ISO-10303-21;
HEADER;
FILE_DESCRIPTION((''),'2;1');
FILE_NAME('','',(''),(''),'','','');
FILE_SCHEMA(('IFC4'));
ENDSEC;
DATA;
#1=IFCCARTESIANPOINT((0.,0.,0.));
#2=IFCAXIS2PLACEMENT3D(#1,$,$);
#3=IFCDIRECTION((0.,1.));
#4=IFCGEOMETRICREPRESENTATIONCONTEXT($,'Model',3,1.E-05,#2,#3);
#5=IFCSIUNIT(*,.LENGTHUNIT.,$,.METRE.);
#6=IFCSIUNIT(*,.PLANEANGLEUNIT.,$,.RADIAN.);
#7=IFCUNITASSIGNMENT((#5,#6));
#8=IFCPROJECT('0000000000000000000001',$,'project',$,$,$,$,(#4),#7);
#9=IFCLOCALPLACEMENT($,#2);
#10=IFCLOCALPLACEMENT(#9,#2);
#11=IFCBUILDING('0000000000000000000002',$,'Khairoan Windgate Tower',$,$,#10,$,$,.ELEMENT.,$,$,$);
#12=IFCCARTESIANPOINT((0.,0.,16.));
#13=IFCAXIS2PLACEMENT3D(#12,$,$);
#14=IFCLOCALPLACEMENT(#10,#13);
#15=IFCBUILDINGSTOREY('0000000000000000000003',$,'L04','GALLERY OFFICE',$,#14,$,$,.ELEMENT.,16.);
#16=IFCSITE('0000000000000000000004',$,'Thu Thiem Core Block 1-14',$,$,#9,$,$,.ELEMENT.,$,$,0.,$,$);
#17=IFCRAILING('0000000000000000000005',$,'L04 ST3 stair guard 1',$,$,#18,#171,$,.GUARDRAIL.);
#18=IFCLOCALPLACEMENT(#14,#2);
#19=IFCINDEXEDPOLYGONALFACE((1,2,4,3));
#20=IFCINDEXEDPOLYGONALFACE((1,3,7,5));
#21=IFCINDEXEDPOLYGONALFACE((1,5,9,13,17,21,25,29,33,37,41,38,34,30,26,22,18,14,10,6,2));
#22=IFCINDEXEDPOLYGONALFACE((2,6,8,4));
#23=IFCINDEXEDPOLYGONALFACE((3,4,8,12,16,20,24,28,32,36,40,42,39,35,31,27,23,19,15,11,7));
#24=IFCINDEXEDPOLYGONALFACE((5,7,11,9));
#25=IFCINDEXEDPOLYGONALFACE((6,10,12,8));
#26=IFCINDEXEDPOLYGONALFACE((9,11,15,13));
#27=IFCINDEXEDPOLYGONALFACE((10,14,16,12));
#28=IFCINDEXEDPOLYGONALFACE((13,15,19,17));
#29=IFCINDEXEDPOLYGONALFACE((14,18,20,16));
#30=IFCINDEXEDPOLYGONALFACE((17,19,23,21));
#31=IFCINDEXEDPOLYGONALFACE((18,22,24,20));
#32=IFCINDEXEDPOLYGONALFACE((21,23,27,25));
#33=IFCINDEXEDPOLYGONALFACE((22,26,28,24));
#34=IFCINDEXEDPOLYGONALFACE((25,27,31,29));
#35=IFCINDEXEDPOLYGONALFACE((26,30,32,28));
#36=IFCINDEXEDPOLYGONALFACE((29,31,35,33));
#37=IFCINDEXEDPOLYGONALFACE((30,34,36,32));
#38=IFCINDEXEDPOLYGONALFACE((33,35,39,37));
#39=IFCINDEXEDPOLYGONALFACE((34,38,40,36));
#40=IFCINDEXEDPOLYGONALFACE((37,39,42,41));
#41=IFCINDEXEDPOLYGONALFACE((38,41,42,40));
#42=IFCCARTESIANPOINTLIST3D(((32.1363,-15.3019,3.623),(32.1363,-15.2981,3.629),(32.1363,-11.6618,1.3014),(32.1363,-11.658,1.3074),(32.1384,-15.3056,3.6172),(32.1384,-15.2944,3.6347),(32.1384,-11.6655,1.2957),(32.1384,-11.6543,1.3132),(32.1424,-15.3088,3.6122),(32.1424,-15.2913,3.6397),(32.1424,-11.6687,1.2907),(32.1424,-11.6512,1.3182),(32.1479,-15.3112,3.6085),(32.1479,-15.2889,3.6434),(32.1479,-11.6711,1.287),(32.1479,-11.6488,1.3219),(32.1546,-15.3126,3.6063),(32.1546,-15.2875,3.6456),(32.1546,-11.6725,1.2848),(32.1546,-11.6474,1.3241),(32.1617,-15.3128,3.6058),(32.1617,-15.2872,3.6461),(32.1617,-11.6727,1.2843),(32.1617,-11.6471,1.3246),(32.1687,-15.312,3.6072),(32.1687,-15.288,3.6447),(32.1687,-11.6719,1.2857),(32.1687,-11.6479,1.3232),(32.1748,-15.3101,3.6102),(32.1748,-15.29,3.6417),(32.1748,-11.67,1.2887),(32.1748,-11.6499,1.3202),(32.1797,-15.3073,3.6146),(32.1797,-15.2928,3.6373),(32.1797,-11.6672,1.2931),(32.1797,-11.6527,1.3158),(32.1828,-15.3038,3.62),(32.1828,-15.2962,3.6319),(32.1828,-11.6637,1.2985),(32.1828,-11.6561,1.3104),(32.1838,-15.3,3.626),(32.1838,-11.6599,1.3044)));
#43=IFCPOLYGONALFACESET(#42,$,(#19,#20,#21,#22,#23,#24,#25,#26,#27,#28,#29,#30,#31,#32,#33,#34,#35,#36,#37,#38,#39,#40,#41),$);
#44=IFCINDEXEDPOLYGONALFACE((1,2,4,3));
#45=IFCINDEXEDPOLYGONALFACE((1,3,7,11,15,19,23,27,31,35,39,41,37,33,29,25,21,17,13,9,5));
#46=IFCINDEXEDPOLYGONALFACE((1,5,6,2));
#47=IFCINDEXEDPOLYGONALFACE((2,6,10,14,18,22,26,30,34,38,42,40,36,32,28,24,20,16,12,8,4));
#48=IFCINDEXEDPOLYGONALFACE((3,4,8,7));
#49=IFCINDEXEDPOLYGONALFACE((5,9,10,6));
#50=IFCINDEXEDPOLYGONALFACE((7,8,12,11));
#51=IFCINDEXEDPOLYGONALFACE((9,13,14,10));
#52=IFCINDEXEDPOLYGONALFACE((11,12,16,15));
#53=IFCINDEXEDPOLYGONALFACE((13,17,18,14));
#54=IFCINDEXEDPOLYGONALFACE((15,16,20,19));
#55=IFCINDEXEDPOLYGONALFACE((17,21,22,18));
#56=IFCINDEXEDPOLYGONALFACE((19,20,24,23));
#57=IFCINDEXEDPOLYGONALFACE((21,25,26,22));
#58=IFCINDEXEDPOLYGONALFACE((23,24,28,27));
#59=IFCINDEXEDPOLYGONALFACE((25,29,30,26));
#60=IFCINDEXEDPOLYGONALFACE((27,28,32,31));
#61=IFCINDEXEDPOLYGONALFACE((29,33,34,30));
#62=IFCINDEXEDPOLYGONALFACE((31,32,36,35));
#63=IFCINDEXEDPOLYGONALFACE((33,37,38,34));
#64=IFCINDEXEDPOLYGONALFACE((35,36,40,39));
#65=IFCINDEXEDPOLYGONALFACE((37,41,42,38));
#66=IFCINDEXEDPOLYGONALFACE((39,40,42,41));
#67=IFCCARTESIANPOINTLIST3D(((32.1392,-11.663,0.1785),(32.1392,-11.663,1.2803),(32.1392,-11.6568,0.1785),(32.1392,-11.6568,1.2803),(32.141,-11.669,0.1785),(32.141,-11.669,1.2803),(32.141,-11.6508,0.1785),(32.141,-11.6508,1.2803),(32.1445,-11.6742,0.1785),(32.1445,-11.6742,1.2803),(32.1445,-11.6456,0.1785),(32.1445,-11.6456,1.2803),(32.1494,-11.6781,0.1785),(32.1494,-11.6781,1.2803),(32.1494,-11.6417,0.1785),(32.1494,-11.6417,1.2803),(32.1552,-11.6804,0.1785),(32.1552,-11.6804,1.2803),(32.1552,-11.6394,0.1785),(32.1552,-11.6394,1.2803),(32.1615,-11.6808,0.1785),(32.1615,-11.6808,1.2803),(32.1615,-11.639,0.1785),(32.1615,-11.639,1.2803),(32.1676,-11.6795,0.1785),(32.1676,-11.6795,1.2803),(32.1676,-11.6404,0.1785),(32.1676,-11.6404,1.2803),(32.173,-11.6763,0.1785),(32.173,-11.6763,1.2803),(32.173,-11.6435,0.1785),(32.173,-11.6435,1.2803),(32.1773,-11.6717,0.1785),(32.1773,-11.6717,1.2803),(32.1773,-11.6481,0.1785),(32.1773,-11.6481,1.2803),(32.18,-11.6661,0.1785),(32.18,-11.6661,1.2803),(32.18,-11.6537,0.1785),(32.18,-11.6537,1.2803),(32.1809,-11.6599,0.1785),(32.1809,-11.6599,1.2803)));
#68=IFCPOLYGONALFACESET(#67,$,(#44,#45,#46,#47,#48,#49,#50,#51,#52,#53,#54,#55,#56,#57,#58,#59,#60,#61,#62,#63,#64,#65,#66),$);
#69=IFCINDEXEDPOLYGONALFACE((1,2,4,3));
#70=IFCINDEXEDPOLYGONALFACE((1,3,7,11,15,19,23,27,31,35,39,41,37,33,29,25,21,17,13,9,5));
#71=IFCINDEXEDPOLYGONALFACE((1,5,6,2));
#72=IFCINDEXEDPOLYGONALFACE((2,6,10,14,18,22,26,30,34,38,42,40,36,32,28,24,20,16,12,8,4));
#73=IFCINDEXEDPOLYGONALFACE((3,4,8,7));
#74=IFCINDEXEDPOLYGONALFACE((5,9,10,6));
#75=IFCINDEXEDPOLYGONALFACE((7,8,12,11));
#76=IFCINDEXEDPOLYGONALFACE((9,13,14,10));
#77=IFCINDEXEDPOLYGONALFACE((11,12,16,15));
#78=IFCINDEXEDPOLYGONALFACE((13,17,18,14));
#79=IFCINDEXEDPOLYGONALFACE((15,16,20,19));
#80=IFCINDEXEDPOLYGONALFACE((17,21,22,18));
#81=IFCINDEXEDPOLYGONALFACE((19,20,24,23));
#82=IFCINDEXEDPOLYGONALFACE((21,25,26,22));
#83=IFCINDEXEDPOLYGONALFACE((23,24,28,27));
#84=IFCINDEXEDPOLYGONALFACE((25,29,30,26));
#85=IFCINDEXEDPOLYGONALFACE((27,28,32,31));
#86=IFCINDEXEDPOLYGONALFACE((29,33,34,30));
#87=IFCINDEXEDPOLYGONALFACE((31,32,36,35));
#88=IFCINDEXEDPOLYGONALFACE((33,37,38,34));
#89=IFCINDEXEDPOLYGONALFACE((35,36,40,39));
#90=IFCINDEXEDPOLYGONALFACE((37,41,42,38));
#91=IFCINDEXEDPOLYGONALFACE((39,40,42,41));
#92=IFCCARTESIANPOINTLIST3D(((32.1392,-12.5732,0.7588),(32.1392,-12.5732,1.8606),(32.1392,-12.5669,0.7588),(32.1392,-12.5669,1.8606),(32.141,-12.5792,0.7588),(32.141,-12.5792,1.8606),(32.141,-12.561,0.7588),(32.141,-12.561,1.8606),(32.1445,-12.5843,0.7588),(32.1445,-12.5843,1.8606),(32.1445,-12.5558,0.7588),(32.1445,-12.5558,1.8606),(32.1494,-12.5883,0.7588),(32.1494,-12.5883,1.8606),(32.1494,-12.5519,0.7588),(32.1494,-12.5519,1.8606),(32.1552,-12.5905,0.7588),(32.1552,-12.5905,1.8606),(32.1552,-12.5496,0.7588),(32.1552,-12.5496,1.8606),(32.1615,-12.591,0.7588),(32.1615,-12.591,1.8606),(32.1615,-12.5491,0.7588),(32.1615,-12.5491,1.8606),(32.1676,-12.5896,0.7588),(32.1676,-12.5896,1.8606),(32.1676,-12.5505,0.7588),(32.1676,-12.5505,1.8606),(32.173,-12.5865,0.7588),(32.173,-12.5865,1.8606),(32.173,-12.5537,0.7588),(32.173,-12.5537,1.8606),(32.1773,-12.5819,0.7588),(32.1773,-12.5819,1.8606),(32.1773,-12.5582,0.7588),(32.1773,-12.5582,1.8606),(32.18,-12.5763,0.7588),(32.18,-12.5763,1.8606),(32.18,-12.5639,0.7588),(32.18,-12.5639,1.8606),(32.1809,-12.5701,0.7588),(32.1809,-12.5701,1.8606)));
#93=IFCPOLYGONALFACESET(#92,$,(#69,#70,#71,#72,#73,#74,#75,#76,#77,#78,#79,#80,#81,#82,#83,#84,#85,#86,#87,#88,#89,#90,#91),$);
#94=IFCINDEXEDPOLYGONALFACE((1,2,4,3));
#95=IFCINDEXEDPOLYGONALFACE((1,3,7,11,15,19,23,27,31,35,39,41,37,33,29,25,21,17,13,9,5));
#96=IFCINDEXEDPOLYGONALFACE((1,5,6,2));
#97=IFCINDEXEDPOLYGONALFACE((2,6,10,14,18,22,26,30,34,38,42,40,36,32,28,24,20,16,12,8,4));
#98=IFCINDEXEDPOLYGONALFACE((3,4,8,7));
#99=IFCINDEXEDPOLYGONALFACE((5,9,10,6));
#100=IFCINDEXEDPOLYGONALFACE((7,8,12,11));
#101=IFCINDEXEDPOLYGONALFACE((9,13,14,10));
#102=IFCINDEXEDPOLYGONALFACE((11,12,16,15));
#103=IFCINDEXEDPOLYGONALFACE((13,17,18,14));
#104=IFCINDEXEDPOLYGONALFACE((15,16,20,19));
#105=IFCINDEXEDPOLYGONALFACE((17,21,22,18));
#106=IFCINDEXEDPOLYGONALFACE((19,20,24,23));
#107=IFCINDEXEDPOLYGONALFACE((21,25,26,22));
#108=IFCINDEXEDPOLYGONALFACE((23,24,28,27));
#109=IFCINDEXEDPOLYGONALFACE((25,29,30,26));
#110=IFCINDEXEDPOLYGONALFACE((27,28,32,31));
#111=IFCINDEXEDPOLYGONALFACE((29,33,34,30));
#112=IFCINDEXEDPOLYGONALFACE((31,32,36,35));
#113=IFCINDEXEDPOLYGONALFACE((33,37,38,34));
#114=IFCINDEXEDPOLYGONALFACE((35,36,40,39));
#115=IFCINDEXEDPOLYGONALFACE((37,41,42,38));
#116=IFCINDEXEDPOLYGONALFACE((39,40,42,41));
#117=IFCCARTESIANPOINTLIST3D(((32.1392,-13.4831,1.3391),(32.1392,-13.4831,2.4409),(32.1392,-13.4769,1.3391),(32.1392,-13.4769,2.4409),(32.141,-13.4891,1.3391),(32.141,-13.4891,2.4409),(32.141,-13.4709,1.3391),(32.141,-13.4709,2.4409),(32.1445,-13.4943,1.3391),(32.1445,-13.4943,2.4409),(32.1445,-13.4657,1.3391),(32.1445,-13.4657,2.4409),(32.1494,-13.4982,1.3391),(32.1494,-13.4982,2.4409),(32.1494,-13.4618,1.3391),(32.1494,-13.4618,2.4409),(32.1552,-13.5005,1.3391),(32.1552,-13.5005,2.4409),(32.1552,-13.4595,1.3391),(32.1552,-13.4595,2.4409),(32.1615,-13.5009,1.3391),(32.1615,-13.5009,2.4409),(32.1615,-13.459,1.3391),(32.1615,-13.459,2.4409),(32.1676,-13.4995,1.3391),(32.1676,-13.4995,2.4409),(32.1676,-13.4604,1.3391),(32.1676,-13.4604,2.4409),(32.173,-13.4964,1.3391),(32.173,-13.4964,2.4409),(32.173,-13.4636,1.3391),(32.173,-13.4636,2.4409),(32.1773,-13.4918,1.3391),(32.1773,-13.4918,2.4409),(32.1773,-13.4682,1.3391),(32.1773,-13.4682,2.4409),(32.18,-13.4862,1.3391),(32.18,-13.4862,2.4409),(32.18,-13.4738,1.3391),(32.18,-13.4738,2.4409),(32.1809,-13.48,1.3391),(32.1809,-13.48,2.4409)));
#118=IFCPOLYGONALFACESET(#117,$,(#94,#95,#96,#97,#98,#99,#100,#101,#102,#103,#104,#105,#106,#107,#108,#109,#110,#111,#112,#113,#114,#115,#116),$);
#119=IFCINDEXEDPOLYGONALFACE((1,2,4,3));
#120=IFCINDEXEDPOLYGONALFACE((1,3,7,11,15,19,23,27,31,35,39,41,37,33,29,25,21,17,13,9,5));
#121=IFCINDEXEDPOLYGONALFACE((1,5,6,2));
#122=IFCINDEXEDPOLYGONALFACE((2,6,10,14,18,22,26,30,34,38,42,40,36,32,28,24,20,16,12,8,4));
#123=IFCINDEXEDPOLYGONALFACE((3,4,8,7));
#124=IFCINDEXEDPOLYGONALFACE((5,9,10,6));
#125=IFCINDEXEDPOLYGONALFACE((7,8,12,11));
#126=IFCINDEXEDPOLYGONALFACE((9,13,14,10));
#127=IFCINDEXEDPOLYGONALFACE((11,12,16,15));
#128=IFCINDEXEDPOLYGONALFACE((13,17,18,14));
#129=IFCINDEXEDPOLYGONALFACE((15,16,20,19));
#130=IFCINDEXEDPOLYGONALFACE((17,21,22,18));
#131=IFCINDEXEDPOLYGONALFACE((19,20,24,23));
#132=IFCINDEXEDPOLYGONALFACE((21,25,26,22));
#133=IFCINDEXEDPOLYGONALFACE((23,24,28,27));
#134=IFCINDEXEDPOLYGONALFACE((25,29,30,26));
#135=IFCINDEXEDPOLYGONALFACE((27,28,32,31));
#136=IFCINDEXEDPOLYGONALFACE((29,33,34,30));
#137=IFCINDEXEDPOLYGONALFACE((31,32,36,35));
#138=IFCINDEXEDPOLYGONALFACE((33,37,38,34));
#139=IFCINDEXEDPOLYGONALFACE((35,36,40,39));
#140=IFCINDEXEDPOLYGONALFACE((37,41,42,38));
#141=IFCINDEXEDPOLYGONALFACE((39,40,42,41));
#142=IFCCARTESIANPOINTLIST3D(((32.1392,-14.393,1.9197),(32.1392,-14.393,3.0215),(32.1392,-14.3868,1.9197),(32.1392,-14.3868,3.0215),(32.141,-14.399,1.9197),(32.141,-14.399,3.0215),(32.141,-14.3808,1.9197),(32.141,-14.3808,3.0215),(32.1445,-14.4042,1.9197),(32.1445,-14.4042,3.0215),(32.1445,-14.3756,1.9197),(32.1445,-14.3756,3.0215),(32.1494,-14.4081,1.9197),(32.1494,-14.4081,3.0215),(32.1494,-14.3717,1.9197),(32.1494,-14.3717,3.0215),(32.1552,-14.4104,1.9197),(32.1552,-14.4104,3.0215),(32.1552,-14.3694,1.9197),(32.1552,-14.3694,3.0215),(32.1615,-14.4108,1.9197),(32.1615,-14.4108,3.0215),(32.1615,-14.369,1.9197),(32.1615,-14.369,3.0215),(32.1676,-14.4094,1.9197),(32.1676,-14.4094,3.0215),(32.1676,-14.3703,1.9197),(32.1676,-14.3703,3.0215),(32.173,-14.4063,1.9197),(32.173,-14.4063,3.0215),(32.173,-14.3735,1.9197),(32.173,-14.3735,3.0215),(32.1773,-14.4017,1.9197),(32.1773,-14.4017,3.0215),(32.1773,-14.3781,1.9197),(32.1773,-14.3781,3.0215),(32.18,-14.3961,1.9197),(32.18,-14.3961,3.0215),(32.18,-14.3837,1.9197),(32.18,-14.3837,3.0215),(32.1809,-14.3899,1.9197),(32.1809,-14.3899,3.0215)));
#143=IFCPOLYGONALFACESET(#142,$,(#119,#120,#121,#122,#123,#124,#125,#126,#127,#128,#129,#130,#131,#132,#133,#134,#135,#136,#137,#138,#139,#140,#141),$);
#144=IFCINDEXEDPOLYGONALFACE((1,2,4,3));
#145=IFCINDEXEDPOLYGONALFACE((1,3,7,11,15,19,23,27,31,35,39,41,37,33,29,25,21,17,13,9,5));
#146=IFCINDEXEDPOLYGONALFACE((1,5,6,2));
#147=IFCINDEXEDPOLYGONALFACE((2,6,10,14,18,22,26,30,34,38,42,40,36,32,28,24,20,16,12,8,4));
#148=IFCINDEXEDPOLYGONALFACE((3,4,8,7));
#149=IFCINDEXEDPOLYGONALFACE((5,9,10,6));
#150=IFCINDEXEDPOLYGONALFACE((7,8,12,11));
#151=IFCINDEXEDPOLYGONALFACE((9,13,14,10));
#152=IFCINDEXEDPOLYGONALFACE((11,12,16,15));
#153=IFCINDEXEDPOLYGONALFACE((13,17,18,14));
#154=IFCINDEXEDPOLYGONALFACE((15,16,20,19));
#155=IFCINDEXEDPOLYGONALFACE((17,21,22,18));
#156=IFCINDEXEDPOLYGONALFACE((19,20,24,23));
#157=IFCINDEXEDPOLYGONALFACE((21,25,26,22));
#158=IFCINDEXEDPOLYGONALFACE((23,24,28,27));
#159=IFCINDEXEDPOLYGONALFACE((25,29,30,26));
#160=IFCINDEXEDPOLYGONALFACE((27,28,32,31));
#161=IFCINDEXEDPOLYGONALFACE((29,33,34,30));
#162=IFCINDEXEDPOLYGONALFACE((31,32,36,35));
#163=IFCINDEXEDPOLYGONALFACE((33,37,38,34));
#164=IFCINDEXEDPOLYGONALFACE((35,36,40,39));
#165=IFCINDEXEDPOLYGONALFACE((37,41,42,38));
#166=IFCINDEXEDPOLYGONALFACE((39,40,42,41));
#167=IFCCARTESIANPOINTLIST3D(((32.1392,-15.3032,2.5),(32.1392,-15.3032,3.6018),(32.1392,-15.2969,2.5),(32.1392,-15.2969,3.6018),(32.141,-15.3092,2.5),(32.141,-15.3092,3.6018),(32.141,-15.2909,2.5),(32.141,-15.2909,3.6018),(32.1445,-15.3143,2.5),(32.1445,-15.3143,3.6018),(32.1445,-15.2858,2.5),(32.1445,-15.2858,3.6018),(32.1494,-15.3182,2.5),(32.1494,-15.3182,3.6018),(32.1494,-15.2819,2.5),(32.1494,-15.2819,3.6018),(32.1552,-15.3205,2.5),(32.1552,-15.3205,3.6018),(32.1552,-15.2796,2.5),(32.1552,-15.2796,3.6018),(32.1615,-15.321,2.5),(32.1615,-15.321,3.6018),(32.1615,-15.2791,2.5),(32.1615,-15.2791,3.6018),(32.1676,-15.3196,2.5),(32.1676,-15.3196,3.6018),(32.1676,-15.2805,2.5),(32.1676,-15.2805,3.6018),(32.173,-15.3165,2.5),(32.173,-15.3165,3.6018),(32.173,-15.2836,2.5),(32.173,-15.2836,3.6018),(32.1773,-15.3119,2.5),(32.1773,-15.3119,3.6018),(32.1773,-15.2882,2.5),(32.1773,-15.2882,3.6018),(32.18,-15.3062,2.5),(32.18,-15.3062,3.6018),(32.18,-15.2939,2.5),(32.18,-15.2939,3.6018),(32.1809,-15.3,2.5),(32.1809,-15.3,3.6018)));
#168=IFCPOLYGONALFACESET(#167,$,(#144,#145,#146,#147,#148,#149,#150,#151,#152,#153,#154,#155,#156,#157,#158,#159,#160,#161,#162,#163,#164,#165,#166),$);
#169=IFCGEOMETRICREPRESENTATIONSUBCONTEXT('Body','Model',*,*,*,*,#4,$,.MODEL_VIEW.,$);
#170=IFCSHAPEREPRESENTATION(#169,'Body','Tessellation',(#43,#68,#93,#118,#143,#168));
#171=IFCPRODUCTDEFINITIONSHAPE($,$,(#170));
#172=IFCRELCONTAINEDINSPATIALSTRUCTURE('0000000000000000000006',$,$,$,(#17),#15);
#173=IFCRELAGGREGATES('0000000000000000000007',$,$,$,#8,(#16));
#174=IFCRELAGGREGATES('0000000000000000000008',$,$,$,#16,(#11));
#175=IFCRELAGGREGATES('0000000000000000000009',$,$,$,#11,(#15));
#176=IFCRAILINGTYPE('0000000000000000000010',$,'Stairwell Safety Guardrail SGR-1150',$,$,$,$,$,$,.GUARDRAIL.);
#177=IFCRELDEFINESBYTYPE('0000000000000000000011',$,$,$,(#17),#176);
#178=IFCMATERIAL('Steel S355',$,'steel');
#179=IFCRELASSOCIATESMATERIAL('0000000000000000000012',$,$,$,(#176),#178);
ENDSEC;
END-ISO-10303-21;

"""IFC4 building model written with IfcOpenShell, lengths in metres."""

from ifc_helpers import new_model, si_unit, direction, frame, origin, origin_2d, place, context, subcontext, project, spatial, circle, extrude, material, type_object, element, save


model = new_model("IFC4")

# Units and contexts
model_context = context("Model", 3, precision=1e-05, world=origin(), true_north=direction((0.0, 1.0)))
body_context = subcontext(model_context, "Body", "Model", "MODEL_VIEW")
ifc_project = project(units=[si_unit("LENGTHUNIT", "METRE"), si_unit("PLANEANGLEUNIT", "RADIAN")], contexts=[model_context])

# Site, building, storey
site_placement = place(None, origin())
site = spatial("IfcSite", under=ifc_project, at=site_placement, Name="Thu Thiem Core Block 1-14", CompositionType="ELEMENT", RefElevation=0.0)
building_placement = place(site_placement, origin())
building = spatial("IfcBuilding", under=site, at=building_placement, Name="Khairoan Windgate Tower", CompositionType="ELEMENT")
storey_placement = place(building_placement, frame((0.0, 0.0, 16.0)))
storey = spatial("IfcBuildingStorey", under=building, at=storey_placement, Name="L04", Description="GALLERY OFFICE", CompositionType="ELEMENT", Elevation=16.0)

# Railing
ifc_material_1 = material(Name="Steel S355", Category="steel")
railing_type_1 = type_object("IfcRailingType", Name="Stairwell Safety Guardrail SGR-1150", PredefinedType="GUARDRAIL", material=ifc_material_1)
railing_1_placement = place(storey_placement, frame((32.1599, -11.6599, 0.1785)))
element("IfcRailing", 1, at=railing_1_placement, inside=storey, type_object=railing_type_1, Name="L04 ST3 stair guard 1", PredefinedType="GUARDRAIL", context=body_context, shape_type="SweptSolid", body=[
    extrude(circle(Radius=0.0239, at=origin_2d()), frame((0.0, 0.0, 1.126), z_axis=(0.0, -0.843128, 0.537713), x_axis=(1.0, 0.0, 0.0)), (0.0, 0.0, 1.0), 4.3174),
    extrude(circle(Radius=0.021, at=origin_2d()), origin(), (0.0, 0.0, 1.0), 1.1018),
    extrude(circle(Radius=0.021, at=origin_2d()), frame((0.0, -0.9102, 0.5803)), (0.0, 0.0, 1.0), 1.1018),
    extrude(circle(Radius=0.021, at=origin_2d()), frame((0.0, -1.8201, 1.1606)), (0.0, 0.0, 1.0), 1.1018),
    extrude(circle(Radius=0.021, at=origin_2d()), frame((0.0, -2.73, 1.7412)), (0.0, 0.0, 1.0), 1.1018),
    extrude(circle(Radius=0.021, at=origin_2d()), frame((0.0, -3.6401, 2.3215)), (0.0, 0.0, 1.0), 1.1018),
])

save(model, "model.ifc")
